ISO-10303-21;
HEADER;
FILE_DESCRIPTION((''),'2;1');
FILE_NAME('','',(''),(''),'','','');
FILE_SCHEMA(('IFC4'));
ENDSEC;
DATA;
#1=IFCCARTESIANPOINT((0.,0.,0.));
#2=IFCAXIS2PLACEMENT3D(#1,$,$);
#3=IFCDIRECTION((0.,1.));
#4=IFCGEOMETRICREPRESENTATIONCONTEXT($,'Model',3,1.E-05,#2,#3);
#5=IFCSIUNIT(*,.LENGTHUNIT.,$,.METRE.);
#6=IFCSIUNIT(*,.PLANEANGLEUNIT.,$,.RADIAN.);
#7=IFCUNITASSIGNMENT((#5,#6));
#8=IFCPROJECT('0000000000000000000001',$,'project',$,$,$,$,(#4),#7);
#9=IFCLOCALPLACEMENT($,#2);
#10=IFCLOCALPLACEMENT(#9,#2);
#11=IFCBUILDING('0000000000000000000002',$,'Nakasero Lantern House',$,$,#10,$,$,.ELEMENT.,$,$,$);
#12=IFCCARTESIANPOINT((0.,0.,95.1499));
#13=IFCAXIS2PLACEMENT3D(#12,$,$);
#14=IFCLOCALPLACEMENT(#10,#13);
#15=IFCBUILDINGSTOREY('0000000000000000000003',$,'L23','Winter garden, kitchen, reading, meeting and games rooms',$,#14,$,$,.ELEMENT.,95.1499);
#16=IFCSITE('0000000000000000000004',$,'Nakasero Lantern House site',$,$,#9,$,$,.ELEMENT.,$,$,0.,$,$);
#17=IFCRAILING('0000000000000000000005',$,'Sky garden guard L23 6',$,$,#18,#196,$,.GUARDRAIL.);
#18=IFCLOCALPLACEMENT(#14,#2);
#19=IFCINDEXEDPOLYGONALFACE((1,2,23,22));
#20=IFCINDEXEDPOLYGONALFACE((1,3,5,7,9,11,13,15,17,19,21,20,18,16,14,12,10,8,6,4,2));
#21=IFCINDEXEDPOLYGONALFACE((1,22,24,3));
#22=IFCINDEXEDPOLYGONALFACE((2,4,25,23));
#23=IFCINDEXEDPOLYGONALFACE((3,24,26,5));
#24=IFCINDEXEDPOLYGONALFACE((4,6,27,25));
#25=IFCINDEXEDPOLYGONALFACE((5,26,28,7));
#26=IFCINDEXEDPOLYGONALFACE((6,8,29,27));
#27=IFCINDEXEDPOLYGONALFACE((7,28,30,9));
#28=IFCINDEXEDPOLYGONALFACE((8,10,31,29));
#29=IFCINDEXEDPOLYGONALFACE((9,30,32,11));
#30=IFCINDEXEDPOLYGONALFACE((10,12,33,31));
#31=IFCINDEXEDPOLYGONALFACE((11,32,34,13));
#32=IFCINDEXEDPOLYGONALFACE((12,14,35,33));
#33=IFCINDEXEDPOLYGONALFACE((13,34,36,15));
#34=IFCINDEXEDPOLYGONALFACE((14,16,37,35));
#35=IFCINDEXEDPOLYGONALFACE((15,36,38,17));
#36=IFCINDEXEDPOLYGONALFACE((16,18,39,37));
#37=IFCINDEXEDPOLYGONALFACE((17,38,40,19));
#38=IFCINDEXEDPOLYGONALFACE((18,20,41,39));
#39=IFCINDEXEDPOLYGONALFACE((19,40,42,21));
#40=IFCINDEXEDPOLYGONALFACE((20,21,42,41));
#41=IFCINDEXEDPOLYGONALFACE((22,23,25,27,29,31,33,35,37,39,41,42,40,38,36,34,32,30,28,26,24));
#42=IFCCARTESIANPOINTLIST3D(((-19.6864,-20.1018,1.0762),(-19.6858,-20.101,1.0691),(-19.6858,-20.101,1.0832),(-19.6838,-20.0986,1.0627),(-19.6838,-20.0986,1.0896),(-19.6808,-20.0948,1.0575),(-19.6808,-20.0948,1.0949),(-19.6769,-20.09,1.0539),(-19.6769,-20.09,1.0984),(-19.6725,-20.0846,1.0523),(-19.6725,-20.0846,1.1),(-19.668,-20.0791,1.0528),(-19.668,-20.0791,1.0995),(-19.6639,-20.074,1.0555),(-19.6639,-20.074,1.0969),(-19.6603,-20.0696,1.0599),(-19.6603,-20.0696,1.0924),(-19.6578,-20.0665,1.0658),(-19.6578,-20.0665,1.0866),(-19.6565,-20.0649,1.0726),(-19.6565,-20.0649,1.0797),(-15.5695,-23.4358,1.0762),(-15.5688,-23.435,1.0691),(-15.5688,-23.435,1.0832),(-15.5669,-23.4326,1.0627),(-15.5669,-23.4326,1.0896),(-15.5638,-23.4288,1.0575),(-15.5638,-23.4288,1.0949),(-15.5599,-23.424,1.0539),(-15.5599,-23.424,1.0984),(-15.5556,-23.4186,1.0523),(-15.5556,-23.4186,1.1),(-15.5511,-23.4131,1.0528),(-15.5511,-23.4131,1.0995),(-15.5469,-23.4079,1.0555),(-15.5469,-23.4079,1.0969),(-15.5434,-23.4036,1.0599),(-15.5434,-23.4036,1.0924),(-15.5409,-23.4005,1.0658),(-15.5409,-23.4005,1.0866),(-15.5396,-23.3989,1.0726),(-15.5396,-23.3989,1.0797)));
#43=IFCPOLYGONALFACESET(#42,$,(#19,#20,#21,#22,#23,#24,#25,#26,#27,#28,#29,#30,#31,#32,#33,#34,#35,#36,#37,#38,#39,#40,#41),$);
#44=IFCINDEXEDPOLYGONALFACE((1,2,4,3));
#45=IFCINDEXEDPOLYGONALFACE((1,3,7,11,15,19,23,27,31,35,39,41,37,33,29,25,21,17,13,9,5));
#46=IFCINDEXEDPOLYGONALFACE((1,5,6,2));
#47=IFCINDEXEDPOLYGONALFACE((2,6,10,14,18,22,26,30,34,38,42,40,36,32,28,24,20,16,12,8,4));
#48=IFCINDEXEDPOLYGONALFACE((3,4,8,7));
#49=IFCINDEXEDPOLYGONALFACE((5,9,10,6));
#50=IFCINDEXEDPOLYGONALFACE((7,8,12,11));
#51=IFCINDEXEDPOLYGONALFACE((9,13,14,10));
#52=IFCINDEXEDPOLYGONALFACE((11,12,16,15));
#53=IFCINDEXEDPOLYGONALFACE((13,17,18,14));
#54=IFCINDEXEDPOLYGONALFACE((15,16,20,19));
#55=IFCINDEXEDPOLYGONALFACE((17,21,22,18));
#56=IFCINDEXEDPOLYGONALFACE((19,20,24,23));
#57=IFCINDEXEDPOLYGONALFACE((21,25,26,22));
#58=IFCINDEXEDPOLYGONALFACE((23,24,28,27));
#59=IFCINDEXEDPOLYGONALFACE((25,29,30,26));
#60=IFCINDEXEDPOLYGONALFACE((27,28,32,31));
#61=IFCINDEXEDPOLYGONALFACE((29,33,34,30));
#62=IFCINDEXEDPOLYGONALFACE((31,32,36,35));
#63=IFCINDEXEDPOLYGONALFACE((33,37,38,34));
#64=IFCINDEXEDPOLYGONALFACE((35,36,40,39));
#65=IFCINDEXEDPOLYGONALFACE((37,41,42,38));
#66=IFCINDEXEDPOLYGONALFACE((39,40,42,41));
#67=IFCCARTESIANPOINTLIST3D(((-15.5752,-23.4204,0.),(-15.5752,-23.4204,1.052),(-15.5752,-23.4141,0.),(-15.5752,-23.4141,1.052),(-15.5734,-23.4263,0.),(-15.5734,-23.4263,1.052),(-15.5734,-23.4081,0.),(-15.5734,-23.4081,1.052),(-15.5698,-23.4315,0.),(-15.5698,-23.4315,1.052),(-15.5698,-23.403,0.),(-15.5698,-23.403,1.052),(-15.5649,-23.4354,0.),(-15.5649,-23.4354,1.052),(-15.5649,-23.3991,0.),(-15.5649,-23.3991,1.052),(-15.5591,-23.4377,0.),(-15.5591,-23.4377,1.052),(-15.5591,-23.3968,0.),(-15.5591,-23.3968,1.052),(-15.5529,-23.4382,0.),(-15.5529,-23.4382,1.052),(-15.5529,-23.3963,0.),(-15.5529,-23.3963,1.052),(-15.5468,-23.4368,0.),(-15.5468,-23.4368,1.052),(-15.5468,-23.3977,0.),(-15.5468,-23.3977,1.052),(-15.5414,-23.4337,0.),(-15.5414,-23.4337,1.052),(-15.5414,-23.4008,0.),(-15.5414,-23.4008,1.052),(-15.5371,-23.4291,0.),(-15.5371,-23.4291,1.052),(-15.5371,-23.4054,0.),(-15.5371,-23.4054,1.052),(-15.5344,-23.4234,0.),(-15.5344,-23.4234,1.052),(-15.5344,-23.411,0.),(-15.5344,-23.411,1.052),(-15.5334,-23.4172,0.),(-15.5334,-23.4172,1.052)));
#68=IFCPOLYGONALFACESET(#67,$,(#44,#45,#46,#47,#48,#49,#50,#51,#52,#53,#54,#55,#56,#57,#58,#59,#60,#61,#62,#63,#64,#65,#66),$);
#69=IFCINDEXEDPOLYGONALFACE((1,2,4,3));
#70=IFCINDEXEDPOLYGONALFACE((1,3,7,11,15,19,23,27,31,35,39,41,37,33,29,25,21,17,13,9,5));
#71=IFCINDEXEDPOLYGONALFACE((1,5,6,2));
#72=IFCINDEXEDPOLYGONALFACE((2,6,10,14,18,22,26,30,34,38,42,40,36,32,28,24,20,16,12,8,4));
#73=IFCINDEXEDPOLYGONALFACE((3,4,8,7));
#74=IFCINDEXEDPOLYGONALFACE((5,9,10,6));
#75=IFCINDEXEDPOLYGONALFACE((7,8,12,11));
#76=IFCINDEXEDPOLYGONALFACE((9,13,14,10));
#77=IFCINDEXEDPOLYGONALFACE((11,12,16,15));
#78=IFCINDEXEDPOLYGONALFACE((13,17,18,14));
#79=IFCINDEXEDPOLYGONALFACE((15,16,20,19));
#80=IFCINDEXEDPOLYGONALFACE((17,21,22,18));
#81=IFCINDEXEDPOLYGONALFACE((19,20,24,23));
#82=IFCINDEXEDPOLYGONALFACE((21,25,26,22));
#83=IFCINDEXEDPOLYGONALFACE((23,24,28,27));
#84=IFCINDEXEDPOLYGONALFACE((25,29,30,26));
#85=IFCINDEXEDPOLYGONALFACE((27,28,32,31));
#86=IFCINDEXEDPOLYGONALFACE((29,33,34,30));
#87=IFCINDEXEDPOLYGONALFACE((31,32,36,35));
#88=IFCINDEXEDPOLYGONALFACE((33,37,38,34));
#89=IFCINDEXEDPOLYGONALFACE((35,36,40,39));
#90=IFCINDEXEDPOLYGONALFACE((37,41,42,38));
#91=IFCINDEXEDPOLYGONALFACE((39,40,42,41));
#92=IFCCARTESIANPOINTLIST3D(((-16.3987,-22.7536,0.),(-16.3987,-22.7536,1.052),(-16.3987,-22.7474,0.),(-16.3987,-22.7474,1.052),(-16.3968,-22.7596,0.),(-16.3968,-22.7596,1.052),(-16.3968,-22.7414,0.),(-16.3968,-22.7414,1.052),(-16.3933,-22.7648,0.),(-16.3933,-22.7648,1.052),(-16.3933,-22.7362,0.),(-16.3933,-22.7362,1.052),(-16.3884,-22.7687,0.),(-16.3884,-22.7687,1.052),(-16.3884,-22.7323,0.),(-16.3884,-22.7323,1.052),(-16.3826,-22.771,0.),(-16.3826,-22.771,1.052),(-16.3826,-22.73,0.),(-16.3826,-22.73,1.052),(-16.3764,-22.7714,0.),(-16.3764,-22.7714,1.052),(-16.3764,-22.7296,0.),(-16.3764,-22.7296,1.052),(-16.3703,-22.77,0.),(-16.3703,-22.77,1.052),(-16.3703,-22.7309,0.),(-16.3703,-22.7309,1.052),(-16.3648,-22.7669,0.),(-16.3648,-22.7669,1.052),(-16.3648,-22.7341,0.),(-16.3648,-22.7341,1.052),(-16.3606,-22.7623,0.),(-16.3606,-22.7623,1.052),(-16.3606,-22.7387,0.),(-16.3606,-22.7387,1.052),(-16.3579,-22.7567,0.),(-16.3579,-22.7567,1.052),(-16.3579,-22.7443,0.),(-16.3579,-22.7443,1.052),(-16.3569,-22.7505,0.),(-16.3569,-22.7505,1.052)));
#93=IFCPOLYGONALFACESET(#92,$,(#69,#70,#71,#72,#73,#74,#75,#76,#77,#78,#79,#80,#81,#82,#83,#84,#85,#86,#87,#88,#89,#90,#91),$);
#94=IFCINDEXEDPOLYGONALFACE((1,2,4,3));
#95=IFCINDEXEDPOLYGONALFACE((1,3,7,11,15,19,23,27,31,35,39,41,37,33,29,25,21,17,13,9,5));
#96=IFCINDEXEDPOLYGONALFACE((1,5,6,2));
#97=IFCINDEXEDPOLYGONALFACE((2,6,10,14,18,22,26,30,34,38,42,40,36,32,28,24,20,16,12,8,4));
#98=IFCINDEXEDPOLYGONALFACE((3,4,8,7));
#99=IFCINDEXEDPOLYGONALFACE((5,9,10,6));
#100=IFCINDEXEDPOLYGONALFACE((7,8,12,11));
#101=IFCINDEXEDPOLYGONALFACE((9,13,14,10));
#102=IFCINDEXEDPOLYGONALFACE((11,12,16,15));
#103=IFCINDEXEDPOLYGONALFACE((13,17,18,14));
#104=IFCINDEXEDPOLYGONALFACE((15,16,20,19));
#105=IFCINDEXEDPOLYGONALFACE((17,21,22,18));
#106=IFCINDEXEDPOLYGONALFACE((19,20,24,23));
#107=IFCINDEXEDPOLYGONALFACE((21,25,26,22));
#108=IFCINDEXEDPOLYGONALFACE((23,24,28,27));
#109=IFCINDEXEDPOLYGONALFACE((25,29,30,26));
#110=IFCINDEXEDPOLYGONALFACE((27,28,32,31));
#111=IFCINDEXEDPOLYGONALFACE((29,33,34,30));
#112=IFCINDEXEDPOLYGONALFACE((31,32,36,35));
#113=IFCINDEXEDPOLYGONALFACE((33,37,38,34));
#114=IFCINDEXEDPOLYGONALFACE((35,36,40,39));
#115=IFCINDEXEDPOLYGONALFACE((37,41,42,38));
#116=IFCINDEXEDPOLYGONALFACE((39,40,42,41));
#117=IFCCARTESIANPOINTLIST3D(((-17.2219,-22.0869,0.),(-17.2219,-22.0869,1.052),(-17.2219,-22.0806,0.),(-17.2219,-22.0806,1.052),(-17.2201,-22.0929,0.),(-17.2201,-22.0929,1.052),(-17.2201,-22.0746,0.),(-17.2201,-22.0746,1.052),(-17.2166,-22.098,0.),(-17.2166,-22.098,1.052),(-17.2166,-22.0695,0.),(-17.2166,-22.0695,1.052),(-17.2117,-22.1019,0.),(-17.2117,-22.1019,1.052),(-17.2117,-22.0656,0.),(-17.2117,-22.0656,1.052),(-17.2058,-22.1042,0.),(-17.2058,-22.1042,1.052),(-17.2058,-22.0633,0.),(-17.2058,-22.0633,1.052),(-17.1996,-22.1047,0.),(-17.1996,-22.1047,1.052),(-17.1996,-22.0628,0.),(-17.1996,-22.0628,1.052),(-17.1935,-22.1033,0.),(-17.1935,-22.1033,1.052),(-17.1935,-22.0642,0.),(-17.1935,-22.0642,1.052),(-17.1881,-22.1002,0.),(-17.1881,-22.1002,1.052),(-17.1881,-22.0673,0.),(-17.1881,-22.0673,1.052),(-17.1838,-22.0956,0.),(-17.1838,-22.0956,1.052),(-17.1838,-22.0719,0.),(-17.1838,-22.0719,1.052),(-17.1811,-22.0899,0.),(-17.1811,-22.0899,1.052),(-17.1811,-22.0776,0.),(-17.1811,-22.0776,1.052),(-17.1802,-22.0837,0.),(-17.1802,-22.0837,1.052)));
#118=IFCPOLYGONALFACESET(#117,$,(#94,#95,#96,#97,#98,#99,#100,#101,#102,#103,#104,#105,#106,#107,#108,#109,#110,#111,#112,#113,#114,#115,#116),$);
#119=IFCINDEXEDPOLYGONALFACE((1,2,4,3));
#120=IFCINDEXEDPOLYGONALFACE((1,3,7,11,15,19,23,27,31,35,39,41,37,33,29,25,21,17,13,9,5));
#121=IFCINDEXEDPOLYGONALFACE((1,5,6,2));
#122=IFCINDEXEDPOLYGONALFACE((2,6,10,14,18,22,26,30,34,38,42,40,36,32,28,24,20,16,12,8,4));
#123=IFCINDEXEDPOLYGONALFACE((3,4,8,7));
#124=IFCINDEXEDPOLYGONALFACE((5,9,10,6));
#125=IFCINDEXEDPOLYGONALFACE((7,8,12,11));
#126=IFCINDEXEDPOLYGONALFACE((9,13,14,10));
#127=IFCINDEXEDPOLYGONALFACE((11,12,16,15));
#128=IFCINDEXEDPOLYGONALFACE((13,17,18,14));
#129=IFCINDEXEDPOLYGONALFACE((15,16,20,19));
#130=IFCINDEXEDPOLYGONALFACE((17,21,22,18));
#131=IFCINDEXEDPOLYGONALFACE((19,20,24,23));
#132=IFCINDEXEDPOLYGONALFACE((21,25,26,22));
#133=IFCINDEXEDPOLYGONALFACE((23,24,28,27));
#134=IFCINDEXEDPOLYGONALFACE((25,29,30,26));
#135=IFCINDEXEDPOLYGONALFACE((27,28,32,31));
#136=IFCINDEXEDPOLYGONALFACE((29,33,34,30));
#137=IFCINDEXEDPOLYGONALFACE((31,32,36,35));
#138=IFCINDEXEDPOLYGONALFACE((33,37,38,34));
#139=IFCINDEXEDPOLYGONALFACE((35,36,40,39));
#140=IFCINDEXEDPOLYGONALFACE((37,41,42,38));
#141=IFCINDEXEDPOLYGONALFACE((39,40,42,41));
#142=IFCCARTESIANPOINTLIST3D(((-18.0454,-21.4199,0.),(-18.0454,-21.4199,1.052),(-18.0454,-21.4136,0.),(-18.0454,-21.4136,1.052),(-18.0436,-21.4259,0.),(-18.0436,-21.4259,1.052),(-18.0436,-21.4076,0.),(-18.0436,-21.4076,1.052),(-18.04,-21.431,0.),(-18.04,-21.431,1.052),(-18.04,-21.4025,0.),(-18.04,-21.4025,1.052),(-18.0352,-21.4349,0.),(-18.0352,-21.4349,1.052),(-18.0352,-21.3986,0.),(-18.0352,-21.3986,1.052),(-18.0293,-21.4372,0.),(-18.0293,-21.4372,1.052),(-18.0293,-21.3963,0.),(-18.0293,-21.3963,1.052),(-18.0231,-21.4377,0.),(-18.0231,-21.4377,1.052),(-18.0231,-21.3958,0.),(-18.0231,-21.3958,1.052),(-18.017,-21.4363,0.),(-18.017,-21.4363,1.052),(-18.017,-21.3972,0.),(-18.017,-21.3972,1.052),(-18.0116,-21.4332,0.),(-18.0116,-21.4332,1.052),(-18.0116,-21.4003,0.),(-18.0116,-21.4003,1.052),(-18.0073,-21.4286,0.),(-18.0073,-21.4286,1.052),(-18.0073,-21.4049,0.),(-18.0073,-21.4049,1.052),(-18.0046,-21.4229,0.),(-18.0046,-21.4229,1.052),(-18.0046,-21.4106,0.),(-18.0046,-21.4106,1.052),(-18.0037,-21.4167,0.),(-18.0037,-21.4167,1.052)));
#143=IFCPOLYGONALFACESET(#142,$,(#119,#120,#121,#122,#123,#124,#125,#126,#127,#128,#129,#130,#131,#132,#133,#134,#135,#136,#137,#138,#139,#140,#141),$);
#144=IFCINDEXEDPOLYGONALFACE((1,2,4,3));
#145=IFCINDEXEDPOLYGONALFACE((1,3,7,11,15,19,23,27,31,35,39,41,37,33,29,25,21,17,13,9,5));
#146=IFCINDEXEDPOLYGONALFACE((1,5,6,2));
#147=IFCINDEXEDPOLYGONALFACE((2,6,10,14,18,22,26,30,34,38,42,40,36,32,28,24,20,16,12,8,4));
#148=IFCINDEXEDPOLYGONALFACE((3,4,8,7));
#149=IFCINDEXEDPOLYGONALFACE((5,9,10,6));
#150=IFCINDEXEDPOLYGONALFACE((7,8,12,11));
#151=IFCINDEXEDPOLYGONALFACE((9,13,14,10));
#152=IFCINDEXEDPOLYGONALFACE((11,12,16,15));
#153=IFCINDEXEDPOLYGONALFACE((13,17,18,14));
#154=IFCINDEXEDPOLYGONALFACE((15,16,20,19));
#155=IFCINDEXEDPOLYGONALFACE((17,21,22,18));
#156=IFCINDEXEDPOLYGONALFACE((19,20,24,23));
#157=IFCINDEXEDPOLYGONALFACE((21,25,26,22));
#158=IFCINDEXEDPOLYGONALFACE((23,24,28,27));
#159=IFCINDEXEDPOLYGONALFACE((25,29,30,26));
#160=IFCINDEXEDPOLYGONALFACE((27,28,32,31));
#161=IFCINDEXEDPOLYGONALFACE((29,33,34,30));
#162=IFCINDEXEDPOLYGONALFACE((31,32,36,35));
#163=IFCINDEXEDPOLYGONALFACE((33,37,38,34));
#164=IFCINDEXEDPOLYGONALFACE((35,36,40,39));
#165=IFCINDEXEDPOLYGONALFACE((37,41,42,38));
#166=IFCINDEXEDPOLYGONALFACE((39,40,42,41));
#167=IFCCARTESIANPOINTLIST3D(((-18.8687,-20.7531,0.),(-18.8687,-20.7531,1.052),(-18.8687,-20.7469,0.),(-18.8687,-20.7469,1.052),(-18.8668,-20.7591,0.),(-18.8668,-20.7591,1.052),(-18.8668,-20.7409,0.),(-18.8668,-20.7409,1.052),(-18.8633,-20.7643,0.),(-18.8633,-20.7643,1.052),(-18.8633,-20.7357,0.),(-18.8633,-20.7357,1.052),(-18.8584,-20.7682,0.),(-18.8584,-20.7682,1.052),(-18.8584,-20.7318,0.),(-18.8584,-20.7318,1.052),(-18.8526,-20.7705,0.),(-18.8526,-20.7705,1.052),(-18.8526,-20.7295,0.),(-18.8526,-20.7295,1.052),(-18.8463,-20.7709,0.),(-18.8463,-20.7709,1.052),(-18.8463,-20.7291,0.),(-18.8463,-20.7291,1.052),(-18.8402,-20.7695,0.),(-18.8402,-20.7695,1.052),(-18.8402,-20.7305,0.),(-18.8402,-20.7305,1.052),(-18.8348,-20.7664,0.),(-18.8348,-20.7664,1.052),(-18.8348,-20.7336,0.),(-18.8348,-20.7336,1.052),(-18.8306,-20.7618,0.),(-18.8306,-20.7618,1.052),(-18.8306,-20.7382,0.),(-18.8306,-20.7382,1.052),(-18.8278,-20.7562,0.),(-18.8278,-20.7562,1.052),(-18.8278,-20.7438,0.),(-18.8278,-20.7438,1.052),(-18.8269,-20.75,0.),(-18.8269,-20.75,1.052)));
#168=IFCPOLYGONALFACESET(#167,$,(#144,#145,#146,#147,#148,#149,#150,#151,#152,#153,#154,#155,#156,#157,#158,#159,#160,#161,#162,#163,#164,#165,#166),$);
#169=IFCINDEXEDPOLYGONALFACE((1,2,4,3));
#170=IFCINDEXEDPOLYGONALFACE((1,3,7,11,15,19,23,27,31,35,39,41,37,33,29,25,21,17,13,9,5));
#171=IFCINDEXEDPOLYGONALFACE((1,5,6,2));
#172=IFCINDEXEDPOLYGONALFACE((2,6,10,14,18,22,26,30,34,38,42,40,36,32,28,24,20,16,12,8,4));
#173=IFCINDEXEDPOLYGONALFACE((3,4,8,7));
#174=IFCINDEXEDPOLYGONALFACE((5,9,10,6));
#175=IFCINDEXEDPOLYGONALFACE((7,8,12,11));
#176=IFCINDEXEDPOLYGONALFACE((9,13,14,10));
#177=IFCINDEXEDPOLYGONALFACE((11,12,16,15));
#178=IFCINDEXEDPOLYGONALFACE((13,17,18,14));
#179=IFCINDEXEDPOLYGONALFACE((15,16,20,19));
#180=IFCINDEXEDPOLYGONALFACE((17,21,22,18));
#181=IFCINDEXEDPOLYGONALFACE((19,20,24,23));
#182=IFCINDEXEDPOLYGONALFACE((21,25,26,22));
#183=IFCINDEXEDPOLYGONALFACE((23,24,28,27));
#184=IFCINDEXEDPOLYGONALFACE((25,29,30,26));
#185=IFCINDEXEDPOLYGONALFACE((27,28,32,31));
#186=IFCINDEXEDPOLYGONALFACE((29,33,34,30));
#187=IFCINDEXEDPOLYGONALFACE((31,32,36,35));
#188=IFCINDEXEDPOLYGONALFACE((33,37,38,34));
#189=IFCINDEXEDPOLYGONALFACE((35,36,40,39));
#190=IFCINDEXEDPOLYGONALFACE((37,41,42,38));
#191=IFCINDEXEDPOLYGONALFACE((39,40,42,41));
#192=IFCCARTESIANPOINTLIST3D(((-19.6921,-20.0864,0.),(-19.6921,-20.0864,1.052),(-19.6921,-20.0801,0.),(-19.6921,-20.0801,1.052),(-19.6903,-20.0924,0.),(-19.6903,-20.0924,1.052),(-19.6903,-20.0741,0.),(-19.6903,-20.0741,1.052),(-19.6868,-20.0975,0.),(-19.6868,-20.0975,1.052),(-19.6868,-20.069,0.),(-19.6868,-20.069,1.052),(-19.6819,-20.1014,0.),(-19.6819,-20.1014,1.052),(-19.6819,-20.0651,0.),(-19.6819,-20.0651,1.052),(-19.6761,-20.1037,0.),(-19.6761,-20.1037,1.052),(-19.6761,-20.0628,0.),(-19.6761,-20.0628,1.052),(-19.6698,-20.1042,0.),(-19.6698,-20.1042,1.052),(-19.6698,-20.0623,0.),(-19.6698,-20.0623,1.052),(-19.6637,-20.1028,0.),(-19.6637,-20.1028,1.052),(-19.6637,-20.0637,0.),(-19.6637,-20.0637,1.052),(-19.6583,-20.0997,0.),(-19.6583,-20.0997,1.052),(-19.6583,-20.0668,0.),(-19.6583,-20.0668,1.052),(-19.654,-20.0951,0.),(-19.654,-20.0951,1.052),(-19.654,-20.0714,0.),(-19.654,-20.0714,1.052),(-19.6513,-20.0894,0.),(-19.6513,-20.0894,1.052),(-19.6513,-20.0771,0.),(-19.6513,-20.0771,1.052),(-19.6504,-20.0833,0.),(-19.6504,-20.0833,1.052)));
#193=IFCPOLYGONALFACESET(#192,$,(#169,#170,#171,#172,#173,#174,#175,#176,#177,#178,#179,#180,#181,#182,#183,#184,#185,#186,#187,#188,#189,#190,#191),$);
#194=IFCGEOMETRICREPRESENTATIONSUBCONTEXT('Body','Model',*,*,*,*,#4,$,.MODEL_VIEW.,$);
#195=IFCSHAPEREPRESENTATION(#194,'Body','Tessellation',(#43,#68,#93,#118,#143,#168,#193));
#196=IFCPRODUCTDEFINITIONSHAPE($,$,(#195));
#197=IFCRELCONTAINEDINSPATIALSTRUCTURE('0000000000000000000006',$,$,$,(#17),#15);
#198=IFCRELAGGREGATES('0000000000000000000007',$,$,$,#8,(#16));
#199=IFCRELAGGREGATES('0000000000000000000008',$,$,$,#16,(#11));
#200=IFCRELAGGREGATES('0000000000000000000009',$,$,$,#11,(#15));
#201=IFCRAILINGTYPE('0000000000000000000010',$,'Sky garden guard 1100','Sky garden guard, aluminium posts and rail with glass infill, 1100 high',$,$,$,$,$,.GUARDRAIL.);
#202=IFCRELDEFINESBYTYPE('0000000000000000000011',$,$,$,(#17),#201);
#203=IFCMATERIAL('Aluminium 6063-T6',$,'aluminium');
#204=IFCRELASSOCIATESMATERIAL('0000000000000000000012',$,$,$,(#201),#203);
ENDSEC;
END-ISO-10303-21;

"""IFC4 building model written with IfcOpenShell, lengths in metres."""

from ifc_helpers import new_model, si_unit, direction, frame, origin, origin_2d, place, context, subcontext, project, spatial, circle, extrude, material, type_object, element, save


model = new_model("IFC4")

# Units and contexts
model_context = context("Model", 3, precision=1e-05, world=origin(), true_north=direction((0.0, 1.0)))
body_context = subcontext(model_context, "Body", "Model", "MODEL_VIEW")
ifc_project = project(units=[si_unit("LENGTHUNIT", "METRE"), si_unit("PLANEANGLEUNIT", "RADIAN")], contexts=[model_context])

# Site, building, storey
site_placement = place(None, origin())
site = spatial("IfcSite", under=ifc_project, at=site_placement, Name="Nakasero Lantern House site", CompositionType="ELEMENT", RefElevation=0.0)
building_placement = place(site_placement, origin())
building = spatial("IfcBuilding", under=site, at=building_placement, Name="Nakasero Lantern House", CompositionType="ELEMENT")
storey_placement = place(building_placement, frame((0.0, 0.0, 95.1499)))
storey = spatial("IfcBuildingStorey", under=building, at=storey_placement, Name="L23", Description="Winter garden, kitchen, reading, meeting and games rooms", CompositionType="ELEMENT", Elevation=95.1499)

# Railing
ifc_material_1 = material(Name="Aluminium 6063-T6", Category="aluminium")
railing_type = type_object("IfcRailingType", Name="Sky garden guard 1100", Description="Sky garden guard, aluminium posts and rail with glass infill, 1100 high", PredefinedType="GUARDRAIL", material=ifc_material_1)
railing_1_placement = place(storey_placement, frame((-15.5544, -23.4172, 0.0)))
element("IfcRailing", 1, at=railing_1_placement, inside=storey, type_object=railing_type, Name="Sky garden guard L23 6", PredefinedType="GUARDRAIL", context=body_context, shape_type="SweptSolid", body=[
    extrude(circle(Radius=0.0239, at=origin_2d()), frame((0.0, 0.0, 1.0762), z_axis=(-0.777132, 0.629337, 0.0), x_axis=(-0.629337, -0.777132, 0.0)), (0.0, 0.0, 1.0), 5.2976),
    extrude(circle(Radius=0.021, at=origin_2d()), origin(), (0.0, 0.0, 1.0), 1.052),
    extrude(circle(Radius=0.021, at=origin_2d()), frame((-0.8235, 0.6667, 0.0)), (0.0, 0.0, 1.0), 1.052),
    extrude(circle(Radius=0.021, at=origin_2d()), frame((-1.6467, 1.3335, 0.0)), (0.0, 0.0, 1.0), 1.052),
    extrude(circle(Radius=0.021, at=origin_2d()), frame((-2.4702, 2.0005, 0.0)), (0.0, 0.0, 1.0), 1.052),
    extrude(circle(Radius=0.021, at=origin_2d()), frame((-3.2935, 2.6672, 0.0)), (0.0, 0.0, 1.0), 1.052),
    extrude(circle(Radius=0.021, at=origin_2d()), frame((-4.1169, 3.334, 0.0)), (0.0, 0.0, 1.0), 1.052),
])

save(model, "model.ifc")
